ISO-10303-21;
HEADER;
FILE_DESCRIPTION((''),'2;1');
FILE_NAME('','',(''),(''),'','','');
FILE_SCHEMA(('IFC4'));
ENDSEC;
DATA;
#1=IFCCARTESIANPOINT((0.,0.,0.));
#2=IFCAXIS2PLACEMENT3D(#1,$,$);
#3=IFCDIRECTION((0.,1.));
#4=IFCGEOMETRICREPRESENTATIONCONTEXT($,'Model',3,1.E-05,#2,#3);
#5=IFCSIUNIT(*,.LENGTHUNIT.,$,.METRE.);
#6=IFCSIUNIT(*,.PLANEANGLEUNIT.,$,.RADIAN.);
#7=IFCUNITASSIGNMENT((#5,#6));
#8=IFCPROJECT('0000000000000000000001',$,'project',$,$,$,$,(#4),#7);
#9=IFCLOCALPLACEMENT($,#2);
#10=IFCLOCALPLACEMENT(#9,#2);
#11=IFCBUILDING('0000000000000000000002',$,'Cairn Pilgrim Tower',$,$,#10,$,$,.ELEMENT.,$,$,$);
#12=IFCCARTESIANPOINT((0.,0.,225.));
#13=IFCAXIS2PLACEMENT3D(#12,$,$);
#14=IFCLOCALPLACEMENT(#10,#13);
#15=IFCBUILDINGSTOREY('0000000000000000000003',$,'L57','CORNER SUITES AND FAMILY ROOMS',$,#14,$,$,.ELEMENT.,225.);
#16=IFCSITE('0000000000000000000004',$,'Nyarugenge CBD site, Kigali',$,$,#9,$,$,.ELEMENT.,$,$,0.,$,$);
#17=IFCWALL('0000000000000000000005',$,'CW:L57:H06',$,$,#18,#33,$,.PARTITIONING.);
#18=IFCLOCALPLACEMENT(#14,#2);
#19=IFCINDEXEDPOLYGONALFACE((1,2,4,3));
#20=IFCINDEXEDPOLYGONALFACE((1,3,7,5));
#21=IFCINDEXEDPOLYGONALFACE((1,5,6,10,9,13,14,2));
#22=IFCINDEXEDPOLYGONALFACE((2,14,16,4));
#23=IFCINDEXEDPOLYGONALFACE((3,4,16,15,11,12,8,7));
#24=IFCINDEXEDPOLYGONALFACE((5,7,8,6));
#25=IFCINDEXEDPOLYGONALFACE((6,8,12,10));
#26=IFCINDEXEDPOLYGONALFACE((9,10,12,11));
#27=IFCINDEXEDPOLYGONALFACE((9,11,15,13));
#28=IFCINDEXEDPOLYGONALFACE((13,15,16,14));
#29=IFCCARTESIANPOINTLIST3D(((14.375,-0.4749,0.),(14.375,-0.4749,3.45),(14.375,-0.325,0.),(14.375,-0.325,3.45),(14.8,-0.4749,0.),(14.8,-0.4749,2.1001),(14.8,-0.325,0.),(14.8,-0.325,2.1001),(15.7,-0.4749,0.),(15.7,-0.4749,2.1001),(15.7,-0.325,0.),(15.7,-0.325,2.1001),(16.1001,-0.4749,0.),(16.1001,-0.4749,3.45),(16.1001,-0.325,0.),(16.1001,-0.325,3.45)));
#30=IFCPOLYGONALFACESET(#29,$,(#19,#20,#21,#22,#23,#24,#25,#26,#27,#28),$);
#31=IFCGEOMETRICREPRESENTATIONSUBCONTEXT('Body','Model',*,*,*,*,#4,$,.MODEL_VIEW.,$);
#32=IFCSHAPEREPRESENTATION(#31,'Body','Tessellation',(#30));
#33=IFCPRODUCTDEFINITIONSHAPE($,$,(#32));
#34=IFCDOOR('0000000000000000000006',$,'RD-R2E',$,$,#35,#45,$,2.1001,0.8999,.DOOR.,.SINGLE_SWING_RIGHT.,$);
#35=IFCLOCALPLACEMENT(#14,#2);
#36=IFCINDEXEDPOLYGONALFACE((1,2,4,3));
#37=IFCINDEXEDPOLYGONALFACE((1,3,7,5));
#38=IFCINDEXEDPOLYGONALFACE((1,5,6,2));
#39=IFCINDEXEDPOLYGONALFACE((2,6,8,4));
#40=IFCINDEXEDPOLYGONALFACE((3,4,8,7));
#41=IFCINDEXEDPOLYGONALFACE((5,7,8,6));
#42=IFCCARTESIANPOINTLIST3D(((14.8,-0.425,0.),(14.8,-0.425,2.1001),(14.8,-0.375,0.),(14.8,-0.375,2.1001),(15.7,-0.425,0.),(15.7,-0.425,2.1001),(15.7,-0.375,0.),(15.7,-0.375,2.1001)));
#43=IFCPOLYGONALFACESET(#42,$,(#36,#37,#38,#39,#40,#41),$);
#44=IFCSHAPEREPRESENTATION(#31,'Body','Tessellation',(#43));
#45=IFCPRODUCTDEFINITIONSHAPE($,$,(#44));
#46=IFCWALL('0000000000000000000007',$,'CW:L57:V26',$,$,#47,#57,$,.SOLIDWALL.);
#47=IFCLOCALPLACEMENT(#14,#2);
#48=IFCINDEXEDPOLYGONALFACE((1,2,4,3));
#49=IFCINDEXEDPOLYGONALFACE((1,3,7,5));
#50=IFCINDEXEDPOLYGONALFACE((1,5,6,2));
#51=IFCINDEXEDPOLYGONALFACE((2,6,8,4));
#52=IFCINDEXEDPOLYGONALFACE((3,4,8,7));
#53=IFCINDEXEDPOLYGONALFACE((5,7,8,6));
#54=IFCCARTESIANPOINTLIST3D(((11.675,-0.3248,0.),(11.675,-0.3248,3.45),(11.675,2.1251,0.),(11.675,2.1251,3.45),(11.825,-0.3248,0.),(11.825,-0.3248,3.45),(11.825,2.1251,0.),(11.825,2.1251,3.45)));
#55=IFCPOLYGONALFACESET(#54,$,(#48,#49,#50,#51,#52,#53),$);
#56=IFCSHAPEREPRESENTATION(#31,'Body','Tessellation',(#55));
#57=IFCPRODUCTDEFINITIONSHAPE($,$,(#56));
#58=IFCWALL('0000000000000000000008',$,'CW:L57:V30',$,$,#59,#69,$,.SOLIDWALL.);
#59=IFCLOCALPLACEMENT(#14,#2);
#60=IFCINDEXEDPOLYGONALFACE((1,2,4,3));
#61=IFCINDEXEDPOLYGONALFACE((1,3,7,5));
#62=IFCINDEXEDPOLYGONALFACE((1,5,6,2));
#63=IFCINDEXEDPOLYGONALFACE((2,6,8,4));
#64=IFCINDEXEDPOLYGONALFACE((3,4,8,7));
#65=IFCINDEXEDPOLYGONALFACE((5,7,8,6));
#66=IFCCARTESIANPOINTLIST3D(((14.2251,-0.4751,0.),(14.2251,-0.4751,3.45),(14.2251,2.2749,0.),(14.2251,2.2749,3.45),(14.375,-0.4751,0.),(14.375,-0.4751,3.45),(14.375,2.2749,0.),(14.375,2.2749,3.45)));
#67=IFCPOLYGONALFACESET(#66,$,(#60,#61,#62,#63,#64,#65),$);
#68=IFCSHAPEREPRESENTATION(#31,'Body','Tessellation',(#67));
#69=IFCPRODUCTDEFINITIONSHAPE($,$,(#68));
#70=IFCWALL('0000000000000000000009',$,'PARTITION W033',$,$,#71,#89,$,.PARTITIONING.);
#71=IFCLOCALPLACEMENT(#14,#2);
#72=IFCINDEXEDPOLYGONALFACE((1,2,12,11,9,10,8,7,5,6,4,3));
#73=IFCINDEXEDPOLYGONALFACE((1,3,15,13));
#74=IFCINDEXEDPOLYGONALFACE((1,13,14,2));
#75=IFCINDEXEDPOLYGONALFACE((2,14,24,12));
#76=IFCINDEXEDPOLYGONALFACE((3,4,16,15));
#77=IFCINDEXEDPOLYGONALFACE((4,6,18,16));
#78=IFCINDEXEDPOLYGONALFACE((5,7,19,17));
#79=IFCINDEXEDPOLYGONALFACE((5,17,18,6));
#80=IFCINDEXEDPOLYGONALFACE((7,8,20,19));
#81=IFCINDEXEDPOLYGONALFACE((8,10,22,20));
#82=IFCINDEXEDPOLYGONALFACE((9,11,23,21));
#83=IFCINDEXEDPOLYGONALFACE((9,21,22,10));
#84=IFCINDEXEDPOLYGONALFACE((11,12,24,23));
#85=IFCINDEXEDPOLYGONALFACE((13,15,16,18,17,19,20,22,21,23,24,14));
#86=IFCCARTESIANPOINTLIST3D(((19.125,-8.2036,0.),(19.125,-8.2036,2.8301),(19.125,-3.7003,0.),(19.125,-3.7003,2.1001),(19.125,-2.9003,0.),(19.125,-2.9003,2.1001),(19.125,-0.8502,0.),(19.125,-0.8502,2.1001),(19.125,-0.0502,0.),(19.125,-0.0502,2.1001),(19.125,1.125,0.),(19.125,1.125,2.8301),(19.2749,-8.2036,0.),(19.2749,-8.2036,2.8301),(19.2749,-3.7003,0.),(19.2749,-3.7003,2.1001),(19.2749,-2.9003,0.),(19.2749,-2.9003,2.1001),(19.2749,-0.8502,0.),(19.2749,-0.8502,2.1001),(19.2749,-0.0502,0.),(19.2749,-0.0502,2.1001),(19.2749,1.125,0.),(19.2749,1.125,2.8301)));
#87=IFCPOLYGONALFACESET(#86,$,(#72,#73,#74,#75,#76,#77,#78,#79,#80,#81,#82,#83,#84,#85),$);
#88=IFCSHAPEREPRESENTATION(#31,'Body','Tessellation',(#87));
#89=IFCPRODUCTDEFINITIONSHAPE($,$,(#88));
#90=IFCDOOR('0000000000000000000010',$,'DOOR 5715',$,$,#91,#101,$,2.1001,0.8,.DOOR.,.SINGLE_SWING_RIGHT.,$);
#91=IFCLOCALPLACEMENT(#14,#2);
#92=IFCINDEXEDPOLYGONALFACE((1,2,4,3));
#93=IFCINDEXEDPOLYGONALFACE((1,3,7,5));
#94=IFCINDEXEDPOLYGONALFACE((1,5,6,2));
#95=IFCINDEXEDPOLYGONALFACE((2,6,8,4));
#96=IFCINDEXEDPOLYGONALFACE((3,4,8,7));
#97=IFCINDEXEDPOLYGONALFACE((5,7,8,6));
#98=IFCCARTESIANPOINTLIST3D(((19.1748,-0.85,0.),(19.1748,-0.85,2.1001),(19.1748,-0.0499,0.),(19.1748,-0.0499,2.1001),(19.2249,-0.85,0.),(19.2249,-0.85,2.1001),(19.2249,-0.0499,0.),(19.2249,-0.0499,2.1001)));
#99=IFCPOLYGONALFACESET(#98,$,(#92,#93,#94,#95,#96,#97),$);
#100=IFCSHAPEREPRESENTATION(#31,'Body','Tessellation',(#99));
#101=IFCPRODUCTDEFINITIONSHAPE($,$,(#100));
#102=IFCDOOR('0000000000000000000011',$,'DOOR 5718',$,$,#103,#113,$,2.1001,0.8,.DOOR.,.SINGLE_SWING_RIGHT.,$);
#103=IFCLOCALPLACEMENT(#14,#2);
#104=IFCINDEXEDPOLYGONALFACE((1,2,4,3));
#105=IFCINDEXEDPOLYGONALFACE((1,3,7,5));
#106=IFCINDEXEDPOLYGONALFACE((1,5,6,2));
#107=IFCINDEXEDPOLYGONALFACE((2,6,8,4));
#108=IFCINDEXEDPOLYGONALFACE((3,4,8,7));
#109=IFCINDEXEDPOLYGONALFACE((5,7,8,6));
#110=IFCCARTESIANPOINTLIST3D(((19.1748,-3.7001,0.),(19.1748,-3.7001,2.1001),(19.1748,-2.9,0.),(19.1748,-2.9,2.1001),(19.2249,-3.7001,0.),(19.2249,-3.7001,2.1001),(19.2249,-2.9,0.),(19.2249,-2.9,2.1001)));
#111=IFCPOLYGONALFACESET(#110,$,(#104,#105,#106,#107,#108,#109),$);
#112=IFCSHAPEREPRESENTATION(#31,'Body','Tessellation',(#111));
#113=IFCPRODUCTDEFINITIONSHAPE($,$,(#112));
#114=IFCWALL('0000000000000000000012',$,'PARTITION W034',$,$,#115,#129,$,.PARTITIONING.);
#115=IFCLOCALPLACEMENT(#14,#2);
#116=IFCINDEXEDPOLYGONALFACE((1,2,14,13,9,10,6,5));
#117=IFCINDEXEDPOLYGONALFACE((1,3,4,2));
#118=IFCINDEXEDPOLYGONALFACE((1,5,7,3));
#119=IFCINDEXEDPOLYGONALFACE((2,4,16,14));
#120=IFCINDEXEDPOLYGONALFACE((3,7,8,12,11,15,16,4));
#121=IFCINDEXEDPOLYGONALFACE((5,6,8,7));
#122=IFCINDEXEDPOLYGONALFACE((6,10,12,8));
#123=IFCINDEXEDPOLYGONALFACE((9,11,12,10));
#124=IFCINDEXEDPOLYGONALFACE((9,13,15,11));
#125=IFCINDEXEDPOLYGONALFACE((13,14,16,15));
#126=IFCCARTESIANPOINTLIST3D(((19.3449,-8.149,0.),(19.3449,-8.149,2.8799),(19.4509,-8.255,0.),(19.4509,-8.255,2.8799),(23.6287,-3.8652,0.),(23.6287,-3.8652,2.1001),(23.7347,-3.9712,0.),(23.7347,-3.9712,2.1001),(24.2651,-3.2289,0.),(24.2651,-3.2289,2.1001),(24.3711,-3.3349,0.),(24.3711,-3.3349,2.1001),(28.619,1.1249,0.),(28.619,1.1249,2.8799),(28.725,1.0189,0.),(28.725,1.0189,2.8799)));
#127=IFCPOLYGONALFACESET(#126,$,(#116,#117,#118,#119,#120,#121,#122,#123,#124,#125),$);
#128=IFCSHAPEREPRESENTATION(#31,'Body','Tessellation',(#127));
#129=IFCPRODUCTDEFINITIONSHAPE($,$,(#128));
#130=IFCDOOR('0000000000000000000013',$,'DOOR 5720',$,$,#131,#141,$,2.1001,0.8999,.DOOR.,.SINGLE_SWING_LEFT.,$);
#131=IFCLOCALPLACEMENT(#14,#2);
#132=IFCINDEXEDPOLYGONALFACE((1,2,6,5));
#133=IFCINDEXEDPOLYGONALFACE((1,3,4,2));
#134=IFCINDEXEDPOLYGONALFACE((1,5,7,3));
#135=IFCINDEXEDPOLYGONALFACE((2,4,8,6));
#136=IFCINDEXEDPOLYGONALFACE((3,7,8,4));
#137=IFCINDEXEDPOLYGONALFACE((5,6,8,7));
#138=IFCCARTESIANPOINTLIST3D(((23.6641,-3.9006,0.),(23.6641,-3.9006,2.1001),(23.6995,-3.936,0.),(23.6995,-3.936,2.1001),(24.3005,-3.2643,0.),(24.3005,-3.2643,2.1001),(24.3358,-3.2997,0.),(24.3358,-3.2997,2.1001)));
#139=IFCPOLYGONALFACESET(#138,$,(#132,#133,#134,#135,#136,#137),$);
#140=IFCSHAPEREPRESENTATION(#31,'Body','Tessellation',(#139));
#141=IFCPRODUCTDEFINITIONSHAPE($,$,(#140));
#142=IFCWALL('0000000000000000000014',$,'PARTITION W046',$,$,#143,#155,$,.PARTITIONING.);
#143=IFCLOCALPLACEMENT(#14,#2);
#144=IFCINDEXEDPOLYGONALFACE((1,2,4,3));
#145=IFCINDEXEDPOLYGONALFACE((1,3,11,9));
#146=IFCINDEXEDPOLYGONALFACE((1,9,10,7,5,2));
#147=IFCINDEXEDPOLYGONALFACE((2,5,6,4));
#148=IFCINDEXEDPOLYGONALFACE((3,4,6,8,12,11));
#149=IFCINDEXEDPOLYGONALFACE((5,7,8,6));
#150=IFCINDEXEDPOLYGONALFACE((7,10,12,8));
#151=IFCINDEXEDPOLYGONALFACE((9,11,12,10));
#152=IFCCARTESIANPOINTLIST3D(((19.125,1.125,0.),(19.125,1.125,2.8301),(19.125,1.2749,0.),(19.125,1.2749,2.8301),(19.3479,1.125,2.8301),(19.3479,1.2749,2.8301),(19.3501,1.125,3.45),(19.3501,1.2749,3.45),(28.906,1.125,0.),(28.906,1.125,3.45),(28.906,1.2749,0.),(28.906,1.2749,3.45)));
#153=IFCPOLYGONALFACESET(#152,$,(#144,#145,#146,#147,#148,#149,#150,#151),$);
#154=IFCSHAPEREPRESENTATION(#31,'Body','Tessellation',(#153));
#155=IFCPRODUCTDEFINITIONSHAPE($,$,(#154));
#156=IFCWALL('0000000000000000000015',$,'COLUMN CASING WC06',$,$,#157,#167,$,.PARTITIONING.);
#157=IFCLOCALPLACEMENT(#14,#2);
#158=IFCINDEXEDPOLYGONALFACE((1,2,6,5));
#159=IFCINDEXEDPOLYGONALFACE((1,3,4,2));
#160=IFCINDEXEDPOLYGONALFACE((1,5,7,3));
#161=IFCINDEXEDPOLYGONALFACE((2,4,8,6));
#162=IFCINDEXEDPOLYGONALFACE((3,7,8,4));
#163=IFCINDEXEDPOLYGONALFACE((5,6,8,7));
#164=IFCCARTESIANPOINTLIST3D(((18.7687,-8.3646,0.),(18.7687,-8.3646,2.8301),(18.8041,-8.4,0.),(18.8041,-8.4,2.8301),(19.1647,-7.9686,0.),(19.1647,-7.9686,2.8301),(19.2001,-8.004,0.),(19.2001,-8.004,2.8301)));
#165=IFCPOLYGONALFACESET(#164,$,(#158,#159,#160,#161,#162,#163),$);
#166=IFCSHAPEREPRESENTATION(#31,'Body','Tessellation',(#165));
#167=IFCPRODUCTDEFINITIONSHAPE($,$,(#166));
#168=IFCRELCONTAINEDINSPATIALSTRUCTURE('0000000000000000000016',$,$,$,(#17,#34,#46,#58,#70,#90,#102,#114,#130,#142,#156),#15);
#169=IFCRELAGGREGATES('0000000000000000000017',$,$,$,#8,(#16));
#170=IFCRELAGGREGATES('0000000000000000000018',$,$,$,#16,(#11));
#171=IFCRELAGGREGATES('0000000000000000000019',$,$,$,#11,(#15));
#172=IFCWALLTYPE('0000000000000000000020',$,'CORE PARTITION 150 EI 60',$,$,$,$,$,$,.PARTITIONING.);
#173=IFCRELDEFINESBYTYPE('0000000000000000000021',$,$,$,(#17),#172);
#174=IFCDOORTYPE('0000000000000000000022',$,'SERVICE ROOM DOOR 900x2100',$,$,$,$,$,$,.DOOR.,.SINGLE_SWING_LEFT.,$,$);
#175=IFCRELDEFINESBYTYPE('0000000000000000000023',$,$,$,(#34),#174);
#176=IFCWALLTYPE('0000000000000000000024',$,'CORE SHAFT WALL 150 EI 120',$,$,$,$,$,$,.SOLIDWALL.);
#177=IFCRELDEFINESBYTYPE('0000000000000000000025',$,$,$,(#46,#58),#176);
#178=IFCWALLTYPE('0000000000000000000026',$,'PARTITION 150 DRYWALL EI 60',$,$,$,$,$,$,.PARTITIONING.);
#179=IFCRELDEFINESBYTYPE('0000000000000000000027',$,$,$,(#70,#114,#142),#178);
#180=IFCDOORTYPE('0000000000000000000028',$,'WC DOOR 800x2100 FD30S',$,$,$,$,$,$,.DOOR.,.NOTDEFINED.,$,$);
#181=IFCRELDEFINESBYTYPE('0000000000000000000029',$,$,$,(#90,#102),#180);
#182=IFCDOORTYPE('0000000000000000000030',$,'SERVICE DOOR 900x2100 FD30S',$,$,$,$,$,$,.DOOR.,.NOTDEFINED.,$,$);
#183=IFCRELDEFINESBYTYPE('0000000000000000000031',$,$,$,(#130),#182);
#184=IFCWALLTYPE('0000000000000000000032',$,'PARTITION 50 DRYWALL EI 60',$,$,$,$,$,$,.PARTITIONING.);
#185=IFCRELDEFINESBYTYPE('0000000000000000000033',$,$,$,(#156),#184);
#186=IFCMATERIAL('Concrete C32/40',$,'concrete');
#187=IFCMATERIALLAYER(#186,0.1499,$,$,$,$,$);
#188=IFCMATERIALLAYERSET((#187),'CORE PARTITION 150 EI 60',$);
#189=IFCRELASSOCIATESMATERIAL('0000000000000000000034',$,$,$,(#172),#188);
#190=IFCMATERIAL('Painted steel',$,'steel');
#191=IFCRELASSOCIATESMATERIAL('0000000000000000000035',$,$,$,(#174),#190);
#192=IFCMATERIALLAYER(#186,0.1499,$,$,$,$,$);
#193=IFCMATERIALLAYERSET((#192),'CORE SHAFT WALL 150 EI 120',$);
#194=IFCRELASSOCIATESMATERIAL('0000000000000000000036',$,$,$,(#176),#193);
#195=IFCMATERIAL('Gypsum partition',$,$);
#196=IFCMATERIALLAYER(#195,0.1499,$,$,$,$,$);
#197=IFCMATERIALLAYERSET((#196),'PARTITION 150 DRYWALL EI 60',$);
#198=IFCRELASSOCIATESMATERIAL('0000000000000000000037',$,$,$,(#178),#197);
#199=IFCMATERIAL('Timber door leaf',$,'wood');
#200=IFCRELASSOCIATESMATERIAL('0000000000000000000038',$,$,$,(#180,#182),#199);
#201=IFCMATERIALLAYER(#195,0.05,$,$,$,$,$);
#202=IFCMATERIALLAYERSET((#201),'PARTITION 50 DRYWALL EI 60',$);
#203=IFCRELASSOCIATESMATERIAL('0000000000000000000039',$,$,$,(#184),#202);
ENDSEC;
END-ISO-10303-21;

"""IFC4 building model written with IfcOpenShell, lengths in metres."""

from ifc_helpers import new_model, si_unit, direction, frame, frame_2d, origin, place, context, subcontext, project, spatial, polyline, rectangle, outline, extrude, material, layer, layer_set, type_object, element, fill, save


model = new_model("IFC4")

# Units and contexts
model_context = context("Model", 3, precision=1e-05, world=origin(), true_north=direction((0.0, 1.0)))
body_context = subcontext(model_context, "Body", "Model", "MODEL_VIEW")
ifc_project = project(units=[si_unit("LENGTHUNIT", "METRE"), si_unit("PLANEANGLEUNIT", "RADIAN")], contexts=[model_context])

# Site, building, storey
site_placement = place(None, origin())
site = spatial("IfcSite", under=ifc_project, at=site_placement, Name="Nyarugenge CBD site, Kigali", CompositionType="ELEMENT", RefElevation=0.0)
building_placement = place(site_placement, origin())
building = spatial("IfcBuilding", under=site, at=building_placement, Name="Cairn Pilgrim Tower", CompositionType="ELEMENT")
storey_placement = place(building_placement, frame((0.0, 0.0, 225.0)))
storey = spatial("IfcBuildingStorey", under=building, at=storey_placement, Name="L57", Description="CORNER SUITES AND FAMILY ROOMS", CompositionType="ELEMENT", Elevation=225.0)

# Shared definitions
ifc_material_1 = material(Name="Concrete C32/40", Category="concrete")

# Shared definitions
ifc_material_2 = material(Name="Painted steel", Category="steel")

# Wall, opening, door
ifc_layer_1 = layer(ifc_material_1, 0.1499)
ifc_layer_set_1 = layer_set([ifc_layer_1], Name="CORE PARTITION 150 EI 60")
wall_type_1 = type_object("IfcWallType", Name="CORE PARTITION 150 EI 60", PredefinedType="PARTITIONING", material=ifc_layer_set_1)
wall_1_placement = place(storey_placement, frame((14.375, -0.3999, 0.0), z_axis=(0.0, 0.0, 1.0), x_axis=(1.0, 0.0, 0.0)))
wall_1 = element("IfcWall", 1, at=wall_1_placement, inside=storey, type_object=wall_type_1, Name="CW:L57:H06", PredefinedType="PARTITIONING", context=body_context, shape_type="SweptSolid", body=[
    extrude(rectangle(XDim=1.7251, YDim=0.1499, at=frame_2d((0.8625, 0.0))), origin(), (0.0, 0.0, 1.0), 3.45),
])
opening_1_placement = place(wall_1_placement, frame((0.425, 0.0, 0.0)))
opening_1 = element("IfcOpeningElement", 2, at=opening_1_placement, cuts=wall_1, PredefinedType="OPENING", context=body_context, shape_type="SweptSolid", body=[
    extrude(rectangle(XDim=0.8999, YDim=2.1001, at=frame_2d((0.45, 1.05))), frame((0.0, 0.085, 0.0), z_axis=(0.0, -1.0, 0.0), x_axis=(1.0, 0.0, 0.0)), (0.0, 0.0, 1.0), 0.1699),
])
door_type_1 = type_object("IfcDoorType", Name="SERVICE ROOM DOOR 900x2100", OperationType="SINGLE_SWING_LEFT", PredefinedType="DOOR", material=ifc_material_2)
door_1_placement = place(opening_1_placement, origin())
door_1 = element("IfcDoor", 3, at=door_1_placement, inside=storey, type_object=door_type_1, Name="RD-R2E", OperationType="SINGLE_SWING_RIGHT", OverallHeight=2.1001, OverallWidth=0.8999, PredefinedType="DOOR", context=body_context, shape_type="SweptSolid", body=[
    extrude(rectangle(XDim=0.8999, YDim=2.1001, at=frame_2d((0.45, 1.05))), frame((0.0, 0.0249, 0.0), z_axis=(0.0, -1.0, 0.0), x_axis=(1.0, 0.0, 0.0)), (0.0, 0.0, 1.0), 0.05),
])
fill(opening_1, door_1)

# Walls
ifc_layer_2 = layer(ifc_material_1, 0.1499)
ifc_layer_set_2 = layer_set([ifc_layer_2], Name="CORE SHAFT WALL 150 EI 120")
wall_type_2 = type_object("IfcWallType", Name="CORE SHAFT WALL 150 EI 120", PredefinedType="SOLIDWALL", material=ifc_layer_set_2)
wall_2_placement = place(storey_placement, frame((11.75, -0.325, 0.0), z_axis=(0.0, 0.0, 1.0), x_axis=(0.0, 1.0, 0.0)))
element("IfcWall", 4, at=wall_2_placement, inside=storey, type_object=wall_type_2, Name="CW:L57:V26", PredefinedType="SOLIDWALL", context=body_context, shape_type="SweptSolid", body=[
    extrude(rectangle(XDim=2.45, YDim=0.1499, at=frame_2d((1.2251, 0.0))), origin(), (0.0, 0.0, 1.0), 3.45),
])
wall_3_placement = place(storey_placement, frame((14.3, -0.4751, 0.0), z_axis=(0.0, 0.0, 1.0), x_axis=(0.0, 1.0, 0.0)))
element("IfcWall", 5, at=wall_3_placement, inside=storey, type_object=wall_type_2, Name="CW:L57:V30", PredefinedType="SOLIDWALL", context=body_context, shape_type="SweptSolid", body=[
    extrude(rectangle(XDim=2.75, YDim=0.1499, at=frame_2d((1.375, 0.0))), origin(), (0.0, 0.0, 1.0), 3.45),
])

# Wall, openings, doors
ifc_material_3 = material(Name="Gypsum partition")
ifc_layer_3 = layer(ifc_material_3, 0.1499)
ifc_layer_set_3 = layer_set([ifc_layer_3], Name="PARTITION 150 DRYWALL EI 60")
wall_type_3 = type_object("IfcWallType", Name="PARTITION 150 DRYWALL EI 60", PredefinedType="PARTITIONING", material=ifc_layer_set_3)
wall_4_placement = place(storey_placement, frame((19.2, -8.2036, 0.0), z_axis=(0.0, 0.0, 1.0), x_axis=(0.0, 1.0, 0.0)))
wall_4 = element("IfcWall", 6, at=wall_4_placement, inside=storey, type_object=wall_type_3, Name="PARTITION W033", PredefinedType="PARTITIONING", context=body_context, shape_type="SweptSolid", body=[
    extrude(rectangle(XDim=9.3286, YDim=0.1499, at=frame_2d((4.6643, 0.0))), origin(), (0.0, 0.0, 1.0), 2.8301),
])
opening_2_placement = place(wall_4_placement, frame((7.3535, 0.0, 0.0)))
opening_2 = element("IfcOpeningElement", 7, at=opening_2_placement, cuts=wall_4, PredefinedType="OPENING", context=body_context, shape_type="SweptSolid", body=[
    extrude(rectangle(XDim=0.8, YDim=2.1001, at=frame_2d((0.3999, 1.05))), frame((0.0, 0.085, 0.0), z_axis=(0.0, -1.0, 0.0), x_axis=(1.0, 0.0, 0.0)), (0.0, 0.0, 1.0), 0.1699),
])
opening_3_placement = place(wall_4_placement, frame((4.5034, 0.0, 0.0)))
opening_3 = element("IfcOpeningElement", 8, at=opening_3_placement, cuts=wall_4, PredefinedType="OPENING", context=body_context, shape_type="SweptSolid", body=[
    extrude(rectangle(XDim=0.8, YDim=2.1001, at=frame_2d((0.3999, 1.05))), frame((0.0, 0.085, 0.0), z_axis=(0.0, -1.0, 0.0), x_axis=(1.0, 0.0, 0.0)), (0.0, 0.0, 1.0), 0.1699),
])
ifc_material_4 = material(Name="Timber door leaf", Category="wood")
door_type_2 = type_object("IfcDoorType", Name="WC DOOR 800x2100 FD30S", OperationType="NOTDEFINED", PredefinedType="DOOR", material=ifc_material_4)
door_2_placement = place(opening_2_placement, frame((0.8, 0.0, 0.0), z_axis=(0.0, 0.0, 1.0), x_axis=(-1.0, 0.0, 0.0)))
door_2 = element("IfcDoor", 9, at=door_2_placement, inside=storey, type_object=door_type_2, Name="DOOR 5715", OperationType="SINGLE_SWING_RIGHT", OverallHeight=2.1001, OverallWidth=0.8, PredefinedType="DOOR", context=body_context, shape_type="SweptSolid", body=[
    extrude(rectangle(XDim=0.8, YDim=2.1001, at=frame_2d((0.3999, 1.05))), frame((0.0, 0.0249, 0.0), z_axis=(0.0, -1.0, 0.0), x_axis=(1.0, 0.0, 0.0)), (0.0, 0.0, 1.0), 0.05),
])
fill(opening_2, door_2)
door_3_placement = place(opening_3_placement, frame((0.8, 0.0, 0.0), z_axis=(0.0, 0.0, 1.0), x_axis=(-1.0, 0.0, 0.0)))
door_3 = element("IfcDoor", 10, at=door_3_placement, inside=storey, type_object=door_type_2, Name="DOOR 5718", OperationType="SINGLE_SWING_RIGHT", OverallHeight=2.1001, OverallWidth=0.8, PredefinedType="DOOR", context=body_context, shape_type="SweptSolid", body=[
    extrude(rectangle(XDim=0.8, YDim=2.1001, at=frame_2d((0.3999, 1.05))), frame((0.0, 0.0249, 0.0), z_axis=(0.0, -1.0, 0.0), x_axis=(1.0, 0.0, 0.0)), (0.0, 0.0, 1.0), 0.05),
])
fill(opening_3, door_3)

# Wall, opening, door
wall_5_placement = place(storey_placement, frame((19.3979, -8.2019, 0.0), z_axis=(0.0, 0.0, 1.0), x_axis=(0.707116, 0.707097, 0.0)))
wall_5 = element("IfcWall", 11, at=wall_5_placement, inside=storey, type_object=wall_type_3, Name="PARTITION W034", PredefinedType="PARTITIONING", context=body_context, shape_type="SweptSolid", body=[
    extrude(rectangle(XDim=13.1155, YDim=0.1499, at=frame_2d((6.5576, 0.0))), origin(), (0.0, 0.0, 1.0), 2.8799),
])
opening_4_placement = place(wall_5_placement, frame((6.0581, 0.0, 0.0)))
opening_4 = element("IfcOpeningElement", 12, at=opening_4_placement, cuts=wall_5, PredefinedType="OPENING", context=body_context, shape_type="SweptSolid", body=[
    extrude(rectangle(XDim=0.8999, YDim=2.1001, at=frame_2d((0.45, 1.05))), frame((0.0, 0.085, 0.0), z_axis=(0.0, -1.0, 0.0), x_axis=(1.0, 0.0, 0.0)), (0.0, 0.0, 1.0), 0.1699),
])
door_type_3 = type_object("IfcDoorType", Name="SERVICE DOOR 900x2100 FD30S", OperationType="NOTDEFINED", PredefinedType="DOOR", material=ifc_material_4)
door_4_placement = place(opening_4_placement, origin())
door_4 = element("IfcDoor", 13, at=door_4_placement, inside=storey, type_object=door_type_3, Name="DOOR 5720", OperationType="SINGLE_SWING_LEFT", OverallHeight=2.1001, OverallWidth=0.8999, PredefinedType="DOOR", context=body_context, shape_type="SweptSolid", body=[
    extrude(rectangle(XDim=0.8999, YDim=2.1001, at=frame_2d((0.45, 1.05))), frame((0.0, 0.0249, 0.0), z_axis=(0.0, -1.0, 0.0), x_axis=(1.0, 0.0, 0.0)), (0.0, 0.0, 1.0), 0.05),
])
fill(opening_4, door_4)

# Walls
wall_6_placement = place(storey_placement, frame((19.125, 1.2, 0.0), z_axis=(0.0, 0.0, 1.0), x_axis=(1.0, 0.0, 0.0)))
element("IfcWall", 14, at=wall_6_placement, inside=storey, type_object=wall_type_3, Name="PARTITION W046", PredefinedType="PARTITIONING", context=body_context, shape_type="SweptSolid", body=[
    extrude(outline(polyline([(0.0, 0.0), (9.781, 0.0), (9.781, 3.45), (0.2251, 3.45), (0.2229, 2.8301), (0.0, 2.8301), (0.0, 0.0)])), frame((0.0, 0.075, 0.0), z_axis=(0.0, -1.0, 0.0), x_axis=(1.0, 0.0, 0.0)), (0.0, 0.0, 1.0), 0.1499),
])
ifc_layer_4 = layer(ifc_material_3, 0.05)
ifc_layer_set_4 = layer_set([ifc_layer_4], Name="PARTITION 50 DRYWALL EI 60")
wall_type_4 = type_object("IfcWallType", Name="PARTITION 50 DRYWALL EI 60", PredefinedType="PARTITIONING", material=ifc_layer_set_4)
wall_7_placement = place(storey_placement, frame((18.7864, -8.3823, 0.0), z_axis=(0.0, 0.0, 1.0), x_axis=(0.707107, 0.707107, 0.0)))
element("IfcWall", 15, at=wall_7_placement, inside=storey, type_object=wall_type_4, Name="COLUMN CASING WC06", PredefinedType="PARTITIONING", context=body_context, shape_type="SweptSolid", body=[
    extrude(rectangle(XDim=0.5601, YDim=0.05, at=frame_2d((0.28, 0.0))), origin(), (0.0, 0.0, 1.0), 2.8301),
])

save(model, "model.ifc")
